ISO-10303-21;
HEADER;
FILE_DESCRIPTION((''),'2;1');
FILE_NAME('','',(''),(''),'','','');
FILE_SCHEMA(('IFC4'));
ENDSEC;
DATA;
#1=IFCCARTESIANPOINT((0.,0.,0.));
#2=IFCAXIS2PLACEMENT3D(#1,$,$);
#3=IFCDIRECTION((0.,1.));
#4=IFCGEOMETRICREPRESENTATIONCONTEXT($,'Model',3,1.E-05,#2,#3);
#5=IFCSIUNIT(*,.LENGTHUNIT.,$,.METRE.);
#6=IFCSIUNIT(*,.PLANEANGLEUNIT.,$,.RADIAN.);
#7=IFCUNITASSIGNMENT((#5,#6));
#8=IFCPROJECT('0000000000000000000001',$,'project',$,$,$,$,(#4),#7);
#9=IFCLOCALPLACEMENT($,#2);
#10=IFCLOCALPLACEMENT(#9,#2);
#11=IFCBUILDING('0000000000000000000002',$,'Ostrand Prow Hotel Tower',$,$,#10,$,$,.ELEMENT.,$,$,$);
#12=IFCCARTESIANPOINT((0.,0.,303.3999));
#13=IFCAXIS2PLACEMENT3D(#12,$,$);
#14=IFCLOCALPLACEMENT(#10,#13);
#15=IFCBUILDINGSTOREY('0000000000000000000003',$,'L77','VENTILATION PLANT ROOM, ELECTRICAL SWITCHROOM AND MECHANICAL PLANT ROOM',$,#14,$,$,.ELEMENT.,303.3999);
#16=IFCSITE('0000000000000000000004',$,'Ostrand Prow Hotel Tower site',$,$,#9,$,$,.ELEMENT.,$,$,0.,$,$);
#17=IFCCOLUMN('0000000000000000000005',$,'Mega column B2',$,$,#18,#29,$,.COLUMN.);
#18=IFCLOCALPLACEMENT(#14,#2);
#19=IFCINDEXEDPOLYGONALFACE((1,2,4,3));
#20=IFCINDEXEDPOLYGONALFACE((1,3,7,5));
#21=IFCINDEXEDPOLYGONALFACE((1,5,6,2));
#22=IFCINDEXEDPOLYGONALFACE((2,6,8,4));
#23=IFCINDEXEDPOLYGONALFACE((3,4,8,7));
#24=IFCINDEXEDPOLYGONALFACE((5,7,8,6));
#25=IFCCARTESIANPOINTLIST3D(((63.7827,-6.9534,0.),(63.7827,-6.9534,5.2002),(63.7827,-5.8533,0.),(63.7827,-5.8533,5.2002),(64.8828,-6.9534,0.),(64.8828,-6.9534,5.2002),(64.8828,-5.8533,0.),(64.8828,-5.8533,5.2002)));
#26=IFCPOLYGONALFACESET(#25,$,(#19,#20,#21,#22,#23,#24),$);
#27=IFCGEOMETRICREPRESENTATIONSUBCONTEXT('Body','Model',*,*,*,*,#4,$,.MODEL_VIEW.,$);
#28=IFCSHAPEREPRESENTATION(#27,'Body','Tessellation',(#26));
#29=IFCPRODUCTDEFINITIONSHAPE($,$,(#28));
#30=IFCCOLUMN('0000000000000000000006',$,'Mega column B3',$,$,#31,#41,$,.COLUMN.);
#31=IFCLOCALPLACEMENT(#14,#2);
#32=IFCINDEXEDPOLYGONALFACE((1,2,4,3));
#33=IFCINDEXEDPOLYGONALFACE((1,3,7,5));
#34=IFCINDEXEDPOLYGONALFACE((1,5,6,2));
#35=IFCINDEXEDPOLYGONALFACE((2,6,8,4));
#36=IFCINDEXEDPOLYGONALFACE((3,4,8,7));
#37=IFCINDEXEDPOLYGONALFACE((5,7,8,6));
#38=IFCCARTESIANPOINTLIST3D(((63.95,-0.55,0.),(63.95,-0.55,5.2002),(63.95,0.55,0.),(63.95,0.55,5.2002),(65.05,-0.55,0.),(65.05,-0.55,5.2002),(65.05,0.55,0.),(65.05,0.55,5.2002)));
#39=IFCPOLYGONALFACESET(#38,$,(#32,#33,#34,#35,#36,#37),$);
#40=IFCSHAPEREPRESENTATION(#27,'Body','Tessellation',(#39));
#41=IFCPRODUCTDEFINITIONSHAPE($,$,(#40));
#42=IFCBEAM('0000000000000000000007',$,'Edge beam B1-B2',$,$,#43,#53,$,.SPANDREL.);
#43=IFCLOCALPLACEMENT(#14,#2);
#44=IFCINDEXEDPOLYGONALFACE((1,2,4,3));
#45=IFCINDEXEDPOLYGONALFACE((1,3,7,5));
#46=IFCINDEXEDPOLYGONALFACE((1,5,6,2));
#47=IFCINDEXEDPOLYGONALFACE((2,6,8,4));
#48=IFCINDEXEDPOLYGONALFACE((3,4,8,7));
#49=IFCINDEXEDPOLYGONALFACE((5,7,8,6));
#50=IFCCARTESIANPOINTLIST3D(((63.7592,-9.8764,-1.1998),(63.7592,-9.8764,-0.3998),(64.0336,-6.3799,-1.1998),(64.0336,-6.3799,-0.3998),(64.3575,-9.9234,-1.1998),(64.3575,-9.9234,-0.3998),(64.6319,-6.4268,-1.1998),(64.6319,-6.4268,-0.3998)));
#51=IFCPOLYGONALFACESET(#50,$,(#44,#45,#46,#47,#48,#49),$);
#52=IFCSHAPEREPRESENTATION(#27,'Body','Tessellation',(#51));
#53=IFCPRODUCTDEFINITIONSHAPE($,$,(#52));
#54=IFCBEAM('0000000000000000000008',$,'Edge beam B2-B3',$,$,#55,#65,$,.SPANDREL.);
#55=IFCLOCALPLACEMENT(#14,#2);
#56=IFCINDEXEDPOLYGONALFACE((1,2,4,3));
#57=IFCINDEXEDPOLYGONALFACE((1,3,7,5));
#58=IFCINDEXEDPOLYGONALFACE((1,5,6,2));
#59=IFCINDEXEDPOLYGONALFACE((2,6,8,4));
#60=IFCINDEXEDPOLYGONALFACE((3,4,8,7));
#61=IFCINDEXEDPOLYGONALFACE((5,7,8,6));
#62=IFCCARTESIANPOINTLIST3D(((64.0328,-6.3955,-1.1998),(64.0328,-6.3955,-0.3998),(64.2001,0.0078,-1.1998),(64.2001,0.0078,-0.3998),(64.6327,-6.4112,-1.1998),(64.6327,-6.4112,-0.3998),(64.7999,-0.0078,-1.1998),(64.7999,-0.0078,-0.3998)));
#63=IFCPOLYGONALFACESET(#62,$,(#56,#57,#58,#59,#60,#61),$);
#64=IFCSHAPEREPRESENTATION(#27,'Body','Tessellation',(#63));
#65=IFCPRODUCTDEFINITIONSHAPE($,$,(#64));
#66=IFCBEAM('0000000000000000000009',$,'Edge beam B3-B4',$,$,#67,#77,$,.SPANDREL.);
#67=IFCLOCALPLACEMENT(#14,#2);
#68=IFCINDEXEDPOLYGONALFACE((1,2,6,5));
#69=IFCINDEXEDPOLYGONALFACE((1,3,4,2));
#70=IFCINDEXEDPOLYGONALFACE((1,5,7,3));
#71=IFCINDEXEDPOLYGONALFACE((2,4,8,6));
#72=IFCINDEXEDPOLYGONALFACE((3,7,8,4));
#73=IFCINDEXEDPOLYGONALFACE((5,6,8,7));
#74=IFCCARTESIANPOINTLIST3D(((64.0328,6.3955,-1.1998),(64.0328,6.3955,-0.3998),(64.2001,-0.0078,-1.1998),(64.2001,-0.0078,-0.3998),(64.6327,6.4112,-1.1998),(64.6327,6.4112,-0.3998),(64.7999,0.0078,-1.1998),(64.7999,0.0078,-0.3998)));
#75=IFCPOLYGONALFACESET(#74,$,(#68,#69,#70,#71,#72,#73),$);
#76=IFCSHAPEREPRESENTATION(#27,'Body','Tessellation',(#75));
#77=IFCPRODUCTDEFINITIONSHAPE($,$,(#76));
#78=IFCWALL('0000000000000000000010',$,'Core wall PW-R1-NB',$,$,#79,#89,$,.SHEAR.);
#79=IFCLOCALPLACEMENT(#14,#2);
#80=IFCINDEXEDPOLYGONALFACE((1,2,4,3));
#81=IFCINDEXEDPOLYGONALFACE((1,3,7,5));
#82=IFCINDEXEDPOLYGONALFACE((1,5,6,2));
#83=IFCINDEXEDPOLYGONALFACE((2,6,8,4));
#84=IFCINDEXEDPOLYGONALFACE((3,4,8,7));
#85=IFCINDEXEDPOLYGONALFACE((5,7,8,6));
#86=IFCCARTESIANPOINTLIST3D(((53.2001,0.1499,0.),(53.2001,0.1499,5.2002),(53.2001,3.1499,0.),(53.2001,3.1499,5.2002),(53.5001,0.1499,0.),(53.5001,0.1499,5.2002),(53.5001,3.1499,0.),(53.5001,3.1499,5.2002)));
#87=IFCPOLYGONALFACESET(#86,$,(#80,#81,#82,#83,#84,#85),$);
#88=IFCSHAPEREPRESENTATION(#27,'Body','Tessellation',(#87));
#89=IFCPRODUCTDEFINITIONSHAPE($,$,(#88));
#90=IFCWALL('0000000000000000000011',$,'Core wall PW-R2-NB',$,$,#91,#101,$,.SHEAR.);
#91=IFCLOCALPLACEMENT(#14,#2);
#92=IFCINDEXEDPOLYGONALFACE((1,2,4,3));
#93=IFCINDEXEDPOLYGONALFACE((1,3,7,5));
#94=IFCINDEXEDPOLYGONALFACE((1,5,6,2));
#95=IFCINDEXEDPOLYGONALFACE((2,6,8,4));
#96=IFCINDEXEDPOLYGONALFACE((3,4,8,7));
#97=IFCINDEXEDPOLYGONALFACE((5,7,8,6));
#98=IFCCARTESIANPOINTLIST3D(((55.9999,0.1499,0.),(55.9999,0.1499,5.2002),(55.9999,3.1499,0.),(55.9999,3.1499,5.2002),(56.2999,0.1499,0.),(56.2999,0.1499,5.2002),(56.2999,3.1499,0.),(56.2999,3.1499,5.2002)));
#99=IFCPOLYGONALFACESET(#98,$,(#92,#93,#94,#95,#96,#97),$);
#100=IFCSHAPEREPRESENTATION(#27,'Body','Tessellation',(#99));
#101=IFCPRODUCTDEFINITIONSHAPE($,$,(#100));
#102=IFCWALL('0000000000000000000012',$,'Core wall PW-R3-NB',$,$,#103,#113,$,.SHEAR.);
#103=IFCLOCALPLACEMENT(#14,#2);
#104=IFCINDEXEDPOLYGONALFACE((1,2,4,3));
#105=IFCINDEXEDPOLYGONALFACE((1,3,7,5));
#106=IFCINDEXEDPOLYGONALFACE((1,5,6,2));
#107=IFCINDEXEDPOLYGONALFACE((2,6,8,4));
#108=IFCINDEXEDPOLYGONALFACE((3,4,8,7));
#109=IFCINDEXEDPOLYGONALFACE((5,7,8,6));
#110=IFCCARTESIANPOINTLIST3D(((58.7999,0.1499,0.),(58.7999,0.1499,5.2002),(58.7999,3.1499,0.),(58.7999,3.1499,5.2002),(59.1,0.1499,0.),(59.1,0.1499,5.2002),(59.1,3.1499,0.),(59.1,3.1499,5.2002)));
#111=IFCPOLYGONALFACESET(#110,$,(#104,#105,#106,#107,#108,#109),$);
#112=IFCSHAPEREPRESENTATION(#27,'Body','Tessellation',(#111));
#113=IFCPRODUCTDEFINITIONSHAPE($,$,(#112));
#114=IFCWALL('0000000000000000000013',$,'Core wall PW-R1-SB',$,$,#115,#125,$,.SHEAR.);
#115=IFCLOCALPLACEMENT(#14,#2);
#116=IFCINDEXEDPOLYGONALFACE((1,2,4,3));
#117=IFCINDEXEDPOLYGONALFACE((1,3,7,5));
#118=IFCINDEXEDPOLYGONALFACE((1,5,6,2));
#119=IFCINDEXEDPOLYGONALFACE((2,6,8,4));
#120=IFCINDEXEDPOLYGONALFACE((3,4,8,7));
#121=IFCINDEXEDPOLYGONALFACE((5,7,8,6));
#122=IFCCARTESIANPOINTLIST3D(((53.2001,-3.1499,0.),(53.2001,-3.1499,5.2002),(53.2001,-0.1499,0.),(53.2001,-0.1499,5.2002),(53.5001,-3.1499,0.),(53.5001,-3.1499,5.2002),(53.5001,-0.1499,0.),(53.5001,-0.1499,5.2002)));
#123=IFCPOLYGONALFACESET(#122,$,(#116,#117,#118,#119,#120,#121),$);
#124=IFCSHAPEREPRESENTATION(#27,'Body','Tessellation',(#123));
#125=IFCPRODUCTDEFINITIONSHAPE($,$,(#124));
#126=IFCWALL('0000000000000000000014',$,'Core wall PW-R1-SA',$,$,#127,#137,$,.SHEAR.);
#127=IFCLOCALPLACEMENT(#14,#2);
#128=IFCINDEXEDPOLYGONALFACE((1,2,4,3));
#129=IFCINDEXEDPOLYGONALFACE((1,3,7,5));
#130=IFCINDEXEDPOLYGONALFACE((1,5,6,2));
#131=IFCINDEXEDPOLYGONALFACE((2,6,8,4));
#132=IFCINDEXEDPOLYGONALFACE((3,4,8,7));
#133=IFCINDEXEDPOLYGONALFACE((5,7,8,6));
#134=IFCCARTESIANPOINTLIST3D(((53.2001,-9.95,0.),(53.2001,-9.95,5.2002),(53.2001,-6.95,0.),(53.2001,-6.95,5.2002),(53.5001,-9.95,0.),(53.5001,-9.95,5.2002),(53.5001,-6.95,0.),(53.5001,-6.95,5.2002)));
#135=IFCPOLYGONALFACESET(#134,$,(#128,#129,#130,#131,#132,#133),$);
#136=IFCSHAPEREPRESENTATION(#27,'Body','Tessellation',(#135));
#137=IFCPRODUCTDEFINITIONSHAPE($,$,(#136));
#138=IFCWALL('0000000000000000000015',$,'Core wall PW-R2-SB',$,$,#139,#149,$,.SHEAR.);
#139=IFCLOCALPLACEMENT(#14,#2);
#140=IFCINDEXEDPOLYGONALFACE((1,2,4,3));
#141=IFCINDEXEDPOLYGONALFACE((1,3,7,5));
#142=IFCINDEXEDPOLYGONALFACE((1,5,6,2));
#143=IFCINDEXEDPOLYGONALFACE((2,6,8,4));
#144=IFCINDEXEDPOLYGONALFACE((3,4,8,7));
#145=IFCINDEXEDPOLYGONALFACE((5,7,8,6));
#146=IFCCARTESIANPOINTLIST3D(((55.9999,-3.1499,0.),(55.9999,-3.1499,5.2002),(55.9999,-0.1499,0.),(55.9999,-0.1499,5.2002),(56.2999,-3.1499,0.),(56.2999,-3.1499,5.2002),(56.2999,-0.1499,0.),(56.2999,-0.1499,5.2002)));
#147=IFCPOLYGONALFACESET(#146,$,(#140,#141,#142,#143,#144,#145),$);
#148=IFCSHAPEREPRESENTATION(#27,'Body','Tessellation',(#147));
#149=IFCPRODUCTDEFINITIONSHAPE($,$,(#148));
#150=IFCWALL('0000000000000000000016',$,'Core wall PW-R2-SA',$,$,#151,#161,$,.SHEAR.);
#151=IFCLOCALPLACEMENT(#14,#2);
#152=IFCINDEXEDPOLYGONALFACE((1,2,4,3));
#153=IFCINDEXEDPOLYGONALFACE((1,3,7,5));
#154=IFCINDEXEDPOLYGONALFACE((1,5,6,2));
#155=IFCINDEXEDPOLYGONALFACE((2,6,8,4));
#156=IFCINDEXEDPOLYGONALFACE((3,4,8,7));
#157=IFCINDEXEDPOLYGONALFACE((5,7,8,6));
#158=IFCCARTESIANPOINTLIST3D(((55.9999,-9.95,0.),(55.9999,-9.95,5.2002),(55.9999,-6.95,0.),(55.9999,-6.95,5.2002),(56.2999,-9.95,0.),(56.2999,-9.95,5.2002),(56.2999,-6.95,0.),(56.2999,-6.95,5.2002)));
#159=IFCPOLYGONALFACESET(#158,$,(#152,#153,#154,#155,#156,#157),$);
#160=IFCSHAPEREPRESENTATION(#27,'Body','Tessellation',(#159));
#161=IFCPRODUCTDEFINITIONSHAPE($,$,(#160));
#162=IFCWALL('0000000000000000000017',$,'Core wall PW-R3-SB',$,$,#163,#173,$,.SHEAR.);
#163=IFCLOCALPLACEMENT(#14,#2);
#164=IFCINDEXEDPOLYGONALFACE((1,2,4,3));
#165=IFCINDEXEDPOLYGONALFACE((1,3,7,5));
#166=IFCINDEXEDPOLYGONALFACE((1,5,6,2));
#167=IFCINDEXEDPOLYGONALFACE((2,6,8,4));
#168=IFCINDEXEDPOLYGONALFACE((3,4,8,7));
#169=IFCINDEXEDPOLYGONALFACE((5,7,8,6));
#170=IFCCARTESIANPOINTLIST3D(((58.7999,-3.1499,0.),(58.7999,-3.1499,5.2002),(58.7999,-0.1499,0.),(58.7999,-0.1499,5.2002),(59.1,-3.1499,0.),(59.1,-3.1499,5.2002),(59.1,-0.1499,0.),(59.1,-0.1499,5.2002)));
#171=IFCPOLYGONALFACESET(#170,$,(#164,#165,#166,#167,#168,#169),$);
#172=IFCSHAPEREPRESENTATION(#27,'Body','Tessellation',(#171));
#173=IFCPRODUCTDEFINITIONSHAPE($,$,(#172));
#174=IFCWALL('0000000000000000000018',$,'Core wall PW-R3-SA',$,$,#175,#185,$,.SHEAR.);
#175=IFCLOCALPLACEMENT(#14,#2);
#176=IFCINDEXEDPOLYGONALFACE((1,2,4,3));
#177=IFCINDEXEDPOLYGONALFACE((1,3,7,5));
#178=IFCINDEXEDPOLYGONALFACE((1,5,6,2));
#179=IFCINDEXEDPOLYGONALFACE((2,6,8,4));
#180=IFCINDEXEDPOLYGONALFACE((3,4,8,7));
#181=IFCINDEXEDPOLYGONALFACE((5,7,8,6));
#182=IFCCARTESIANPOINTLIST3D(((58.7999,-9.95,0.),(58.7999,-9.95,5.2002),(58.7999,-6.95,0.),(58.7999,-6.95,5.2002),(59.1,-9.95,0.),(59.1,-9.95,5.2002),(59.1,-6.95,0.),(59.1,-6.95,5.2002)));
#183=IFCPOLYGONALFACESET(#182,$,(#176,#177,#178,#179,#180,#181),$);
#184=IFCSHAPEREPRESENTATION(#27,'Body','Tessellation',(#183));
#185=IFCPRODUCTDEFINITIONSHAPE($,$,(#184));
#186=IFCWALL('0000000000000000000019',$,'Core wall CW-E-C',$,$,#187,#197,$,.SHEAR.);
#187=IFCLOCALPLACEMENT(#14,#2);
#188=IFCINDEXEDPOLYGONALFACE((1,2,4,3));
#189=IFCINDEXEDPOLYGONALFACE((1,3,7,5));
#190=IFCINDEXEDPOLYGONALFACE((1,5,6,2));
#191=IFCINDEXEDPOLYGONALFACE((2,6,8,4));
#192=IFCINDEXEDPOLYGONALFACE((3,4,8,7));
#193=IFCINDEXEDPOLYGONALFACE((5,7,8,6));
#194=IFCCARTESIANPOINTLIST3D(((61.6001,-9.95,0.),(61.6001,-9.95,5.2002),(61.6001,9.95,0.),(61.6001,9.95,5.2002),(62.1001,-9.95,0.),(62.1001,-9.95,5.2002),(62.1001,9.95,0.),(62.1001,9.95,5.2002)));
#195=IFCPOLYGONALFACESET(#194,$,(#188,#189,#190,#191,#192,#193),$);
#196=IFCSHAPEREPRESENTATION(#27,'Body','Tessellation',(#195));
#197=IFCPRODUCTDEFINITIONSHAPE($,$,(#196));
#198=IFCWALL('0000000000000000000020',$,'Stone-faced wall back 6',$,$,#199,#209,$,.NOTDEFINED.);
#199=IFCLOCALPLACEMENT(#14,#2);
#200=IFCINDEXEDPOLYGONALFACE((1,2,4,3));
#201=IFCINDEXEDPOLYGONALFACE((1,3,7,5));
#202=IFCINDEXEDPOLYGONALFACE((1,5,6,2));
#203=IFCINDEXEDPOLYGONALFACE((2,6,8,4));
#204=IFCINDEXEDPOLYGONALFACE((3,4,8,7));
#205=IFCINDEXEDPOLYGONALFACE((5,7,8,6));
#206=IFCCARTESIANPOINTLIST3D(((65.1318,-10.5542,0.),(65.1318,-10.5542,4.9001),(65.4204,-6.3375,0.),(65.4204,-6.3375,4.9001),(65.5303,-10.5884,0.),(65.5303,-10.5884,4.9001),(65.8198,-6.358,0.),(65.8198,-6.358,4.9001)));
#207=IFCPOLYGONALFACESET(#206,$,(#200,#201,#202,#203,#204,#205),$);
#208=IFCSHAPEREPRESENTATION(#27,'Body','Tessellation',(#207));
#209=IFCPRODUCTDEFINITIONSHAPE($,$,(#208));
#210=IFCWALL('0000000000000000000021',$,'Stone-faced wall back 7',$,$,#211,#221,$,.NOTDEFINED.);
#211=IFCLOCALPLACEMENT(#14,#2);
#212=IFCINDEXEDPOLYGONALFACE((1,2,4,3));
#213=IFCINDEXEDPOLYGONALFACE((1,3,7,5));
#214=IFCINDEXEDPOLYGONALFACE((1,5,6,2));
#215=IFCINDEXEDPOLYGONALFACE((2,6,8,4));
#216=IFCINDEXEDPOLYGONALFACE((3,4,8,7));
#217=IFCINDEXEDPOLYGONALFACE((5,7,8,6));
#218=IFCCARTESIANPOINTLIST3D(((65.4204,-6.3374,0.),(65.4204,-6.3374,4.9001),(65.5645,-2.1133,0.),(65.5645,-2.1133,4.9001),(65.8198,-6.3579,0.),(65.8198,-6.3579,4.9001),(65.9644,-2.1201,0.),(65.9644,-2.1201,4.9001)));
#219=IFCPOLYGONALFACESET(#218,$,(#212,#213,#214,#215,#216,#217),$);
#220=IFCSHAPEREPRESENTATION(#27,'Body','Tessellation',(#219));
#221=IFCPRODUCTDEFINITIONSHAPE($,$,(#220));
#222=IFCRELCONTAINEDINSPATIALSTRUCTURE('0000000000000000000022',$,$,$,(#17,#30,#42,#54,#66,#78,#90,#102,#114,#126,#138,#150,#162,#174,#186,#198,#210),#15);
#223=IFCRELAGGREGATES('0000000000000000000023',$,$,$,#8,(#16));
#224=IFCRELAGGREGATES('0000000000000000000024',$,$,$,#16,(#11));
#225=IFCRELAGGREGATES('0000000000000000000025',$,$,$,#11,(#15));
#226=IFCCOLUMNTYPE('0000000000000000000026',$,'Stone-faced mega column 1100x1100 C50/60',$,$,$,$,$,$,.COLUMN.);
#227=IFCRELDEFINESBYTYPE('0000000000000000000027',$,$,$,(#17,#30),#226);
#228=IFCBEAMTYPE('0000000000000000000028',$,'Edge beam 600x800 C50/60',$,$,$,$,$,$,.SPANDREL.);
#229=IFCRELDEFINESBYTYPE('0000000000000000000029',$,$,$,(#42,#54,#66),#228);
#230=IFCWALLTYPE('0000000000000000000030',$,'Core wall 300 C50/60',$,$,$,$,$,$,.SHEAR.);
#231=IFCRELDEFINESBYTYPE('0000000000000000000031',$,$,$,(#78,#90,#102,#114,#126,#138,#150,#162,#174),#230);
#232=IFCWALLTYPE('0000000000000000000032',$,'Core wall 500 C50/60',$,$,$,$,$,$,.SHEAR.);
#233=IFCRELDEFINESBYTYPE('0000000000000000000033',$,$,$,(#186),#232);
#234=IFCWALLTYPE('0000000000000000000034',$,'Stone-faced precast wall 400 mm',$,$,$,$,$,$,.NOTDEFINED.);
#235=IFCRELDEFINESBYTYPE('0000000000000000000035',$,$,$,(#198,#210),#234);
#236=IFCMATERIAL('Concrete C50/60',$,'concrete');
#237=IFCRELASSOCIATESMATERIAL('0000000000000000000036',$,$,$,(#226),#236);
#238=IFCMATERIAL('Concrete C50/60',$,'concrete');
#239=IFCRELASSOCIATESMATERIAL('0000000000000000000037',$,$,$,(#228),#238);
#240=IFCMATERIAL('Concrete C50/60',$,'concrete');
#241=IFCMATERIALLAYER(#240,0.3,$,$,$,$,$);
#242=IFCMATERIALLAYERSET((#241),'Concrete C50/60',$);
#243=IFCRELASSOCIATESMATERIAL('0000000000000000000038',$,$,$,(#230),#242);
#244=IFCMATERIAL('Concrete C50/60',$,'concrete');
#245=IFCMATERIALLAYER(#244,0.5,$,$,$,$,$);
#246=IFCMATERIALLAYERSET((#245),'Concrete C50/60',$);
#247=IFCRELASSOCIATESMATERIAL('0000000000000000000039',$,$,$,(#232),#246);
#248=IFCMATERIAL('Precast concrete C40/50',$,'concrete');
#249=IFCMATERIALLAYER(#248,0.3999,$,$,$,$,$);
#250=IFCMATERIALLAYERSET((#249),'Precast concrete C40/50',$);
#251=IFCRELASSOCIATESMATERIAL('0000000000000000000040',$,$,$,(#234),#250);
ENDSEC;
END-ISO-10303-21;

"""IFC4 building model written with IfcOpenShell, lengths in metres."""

from ifc_helpers import new_model, si_unit, direction, frame, frame_2d, origin, origin_2d, place, context, subcontext, project, spatial, polyline, rectangle, outline, extrude, material, layer, layer_set, material_profile, profile_set, type_object, element, save


model = new_model("IFC4")

# Units and contexts
model_context = context("Model", 3, precision=1e-05, world=origin(), true_north=direction((0.0, 1.0)))
body_context = subcontext(model_context, "Body", "Model", "MODEL_VIEW")
ifc_project = project(units=[si_unit("LENGTHUNIT", "METRE"), si_unit("PLANEANGLEUNIT", "RADIAN")], contexts=[model_context])

# Site, building, storey
site_placement = place(None, origin())
site = spatial("IfcSite", under=ifc_project, at=site_placement, Name="Ostrand Prow Hotel Tower site", CompositionType="ELEMENT", RefElevation=0.0)
building_placement = place(site_placement, origin())
building = spatial("IfcBuilding", under=site, at=building_placement, Name="Ostrand Prow Hotel Tower", CompositionType="ELEMENT")
storey_placement = place(building_placement, frame((0.0, 0.0, 303.3999)))
storey = spatial("IfcBuildingStorey", under=building, at=storey_placement, Name="L77", Description="VENTILATION PLANT ROOM, ELECTRICAL SWITCHROOM AND MECHANICAL PLANT ROOM", CompositionType="ELEMENT", Elevation=303.3999)

# Columns
ifc_material_1 = material(Name="Concrete C50/60", Category="concrete")
ifc_material_profile_1 = material_profile(ifc_material_1, rectangle(XDim=1.1001, YDim=1.1001, at=origin_2d()), Name="RC 1100x1100")
ifc_profile_set_1 = profile_set([ifc_material_profile_1], Name="Concrete C50/60")
column_type = type_object("IfcColumnType", Name="Stone-faced mega column 1100x1100 C50/60", PredefinedType="COLUMN", material=ifc_profile_set_1)
for number, where, z_axis, x_axis, name in (
    (1, (64.3328, -6.4033, 0.0), (0.0, 0.0, 1.0), (1.0, 0.0, 0.0), "Mega column B2"),
    (2, (64.5, 0.0, 0.0), (0.0, 0.0, 1.0), (1.0, 0.0, 0.0), "Mega column B3"),
):
    element("IfcColumn", number, at=place(storey_placement, frame(where, z_axis=z_axis, x_axis=x_axis)), inside=storey, type_object=column_type, Name=name, PredefinedType="COLUMN", context=body_context, shape_type="SweptSolid", body=[
        extrude(rectangle(XDim=1.1001, YDim=1.1001, at=origin_2d()), origin(), (0.0, 0.0, 1.0), 5.2002),
    ])

# Beams
ifc_material_2 = material(Name="Concrete C50/60", Category="concrete")
ifc_material_profile_2 = material_profile(ifc_material_2, rectangle(XDim=0.6001, YDim=0.8, at=origin_2d()), Name="RC 600x800")
ifc_profile_set_2 = profile_set([ifc_material_profile_2], Name="Concrete C50/60")
beam_type = type_object("IfcBeamType", Name="Edge beam 600x800 C50/60", PredefinedType="SPANDREL", material=ifc_profile_set_2)
beam_placement = place(storey_placement, frame((64.0583, -9.8999, -0.7998), z_axis=(0.07824, 0.996935, 0.0), x_axis=(-0.996935, 0.07824, 0.0)))
element("IfcBeam", 3, at=beam_placement, inside=storey, type_object=beam_type, Name="Edge beam B1-B2", PredefinedType="SPANDREL", context=body_context, shape_type="SweptSolid", body=[
    extrude(rectangle(XDim=0.6001, YDim=0.8, at=origin_2d()), origin(), (0.0, 0.0, 1.0), 3.5073),
])
for number, where, z_axis, x_axis, name in (
    (4, (64.3328, -6.4033, -0.7998), (0.026108, 0.999659, 0.0), (-0.999659, 0.026108, 0.0), "Edge beam B2-B3"),
    (5, (64.5, 0.0, -0.7998), (-0.026108, 0.999659, 0.0), (-0.999659, -0.026108, 0.0), "Edge beam B3-B4"),
):
    element("IfcBeam", number, at=place(storey_placement, frame(where, z_axis=z_axis, x_axis=x_axis)), inside=storey, type_object=beam_type, Name=name, PredefinedType="SPANDREL", context=body_context, shape_type="SweptSolid", body=[
        extrude(rectangle(XDim=0.6001, YDim=0.8, at=origin_2d()), origin(), (0.0, 0.0, 1.0), 6.4055),
    ])

# Walls
ifc_material_3 = material(Name="Concrete C50/60", Category="concrete")
ifc_layer_1 = layer(ifc_material_3, 0.3)
ifc_layer_set_1 = layer_set([ifc_layer_1], Name="Concrete C50/60")
wall_type_1 = type_object("IfcWallType", Name="Core wall 300 C50/60", PredefinedType="SHEAR", material=ifc_layer_set_1)
for number, where, z_axis, x_axis, name in (
    (6, (53.3501, 0.1499, 0.0), (0.0, 0.0, 1.0), (0.0, 1.0, 0.0), "Core wall PW-R1-NB"),
    (7, (56.1499, 0.1499, 0.0), (0.0, 0.0, 1.0), (0.0, 1.0, 0.0), "Core wall PW-R2-NB"),
    (8, (58.95, 0.1499, 0.0), (0.0, 0.0, 1.0), (0.0, 1.0, 0.0), "Core wall PW-R3-NB"),
    (9, (53.3501, -3.1499, 0.0), (0.0, 0.0, 1.0), (0.0, 1.0, 0.0), "Core wall PW-R1-SB"),
    (10, (53.3501, -9.95, 0.0), (0.0, 0.0, 1.0), (0.0, 1.0, 0.0), "Core wall PW-R1-SA"),
    (11, (56.1499, -3.1499, 0.0), (0.0, 0.0, 1.0), (0.0, 1.0, 0.0), "Core wall PW-R2-SB"),
    (12, (56.1499, -9.95, 0.0), (0.0, 0.0, 1.0), (0.0, 1.0, 0.0), "Core wall PW-R2-SA"),
    (13, (58.95, -3.1499, 0.0), (0.0, 0.0, 1.0), (0.0, 1.0, 0.0), "Core wall PW-R3-SB"),
    (14, (58.95, -9.95, 0.0), (0.0, 0.0, 1.0), (0.0, 1.0, 0.0), "Core wall PW-R3-SA"),
):
    element("IfcWall", number, at=place(storey_placement, frame(where, z_axis=z_axis, x_axis=x_axis)), inside=storey, type_object=wall_type_1, Name=name, PredefinedType="SHEAR", context=body_context, shape_type="SweptSolid", body=[
        extrude(rectangle(XDim=3.0, YDim=0.3, at=frame_2d((1.5, 0.0))), origin(), (0.0, 0.0, 1.0), 5.2002),
    ])
ifc_material_4 = material(Name="Concrete C50/60", Category="concrete")
ifc_layer_2 = layer(ifc_material_4, 0.5)
ifc_layer_set_2 = layer_set([ifc_layer_2], Name="Concrete C50/60")
wall_type_2 = type_object("IfcWallType", Name="Core wall 500 C50/60", PredefinedType="SHEAR", material=ifc_layer_set_2)
wall_placement = place(storey_placement, frame((61.8501, -9.95, 0.0), z_axis=(0.0, 0.0, 1.0), x_axis=(0.0, 1.0, 0.0)))
element("IfcWall", 15, at=wall_placement, inside=storey, type_object=wall_type_2, Name="Core wall CW-E-C", PredefinedType="SHEAR", context=body_context, shape_type="SweptSolid", body=[
    extrude(rectangle(XDim=19.8999, YDim=0.5, at=frame_2d((9.95, 0.0))), origin(), (0.0, 0.0, 1.0), 5.2002),
])
ifc_material_5 = material(Name="Precast concrete C40/50", Category="concrete")
ifc_layer_3 = layer(ifc_material_5, 0.3999)
ifc_layer_set_3 = layer_set([ifc_layer_3], Name="Precast concrete C40/50")
wall_type_3 = type_object("IfcWallType", Name="Stone-faced precast wall 400 mm", PredefinedType="NOTDEFINED", material=ifc_layer_set_3)
for number, where, z_axis, x_axis, name in (
    (16, (65.3311, -10.5713, 0.0), (0.0, 0.0, 1.0), (0.06828, 0.997666, 0.0), "Stone-faced wall back 6"),
    (17, (65.6201, -6.3477, 0.0), (0.0, 0.0, 1.0), (0.034083, 0.999419, 0.0), "Stone-faced wall back 7"),
):
    element("IfcWall", number, at=place(storey_placement, frame(where, z_axis=z_axis, x_axis=x_axis)), inside=storey, type_object=wall_type_3, Name=name, PredefinedType="NOTDEFINED", context=body_context, shape_type="SweptSolid", body=[
        extrude(outline(polyline([(-0.0034, -0.2), (4.2368, -0.2), (4.23, 0.2), (0.0034, 0.2), (-0.0034, -0.2)])), origin(), (0.0, 0.0, 1.0), 4.9001),
    ])

save(model, "model.ifc")
